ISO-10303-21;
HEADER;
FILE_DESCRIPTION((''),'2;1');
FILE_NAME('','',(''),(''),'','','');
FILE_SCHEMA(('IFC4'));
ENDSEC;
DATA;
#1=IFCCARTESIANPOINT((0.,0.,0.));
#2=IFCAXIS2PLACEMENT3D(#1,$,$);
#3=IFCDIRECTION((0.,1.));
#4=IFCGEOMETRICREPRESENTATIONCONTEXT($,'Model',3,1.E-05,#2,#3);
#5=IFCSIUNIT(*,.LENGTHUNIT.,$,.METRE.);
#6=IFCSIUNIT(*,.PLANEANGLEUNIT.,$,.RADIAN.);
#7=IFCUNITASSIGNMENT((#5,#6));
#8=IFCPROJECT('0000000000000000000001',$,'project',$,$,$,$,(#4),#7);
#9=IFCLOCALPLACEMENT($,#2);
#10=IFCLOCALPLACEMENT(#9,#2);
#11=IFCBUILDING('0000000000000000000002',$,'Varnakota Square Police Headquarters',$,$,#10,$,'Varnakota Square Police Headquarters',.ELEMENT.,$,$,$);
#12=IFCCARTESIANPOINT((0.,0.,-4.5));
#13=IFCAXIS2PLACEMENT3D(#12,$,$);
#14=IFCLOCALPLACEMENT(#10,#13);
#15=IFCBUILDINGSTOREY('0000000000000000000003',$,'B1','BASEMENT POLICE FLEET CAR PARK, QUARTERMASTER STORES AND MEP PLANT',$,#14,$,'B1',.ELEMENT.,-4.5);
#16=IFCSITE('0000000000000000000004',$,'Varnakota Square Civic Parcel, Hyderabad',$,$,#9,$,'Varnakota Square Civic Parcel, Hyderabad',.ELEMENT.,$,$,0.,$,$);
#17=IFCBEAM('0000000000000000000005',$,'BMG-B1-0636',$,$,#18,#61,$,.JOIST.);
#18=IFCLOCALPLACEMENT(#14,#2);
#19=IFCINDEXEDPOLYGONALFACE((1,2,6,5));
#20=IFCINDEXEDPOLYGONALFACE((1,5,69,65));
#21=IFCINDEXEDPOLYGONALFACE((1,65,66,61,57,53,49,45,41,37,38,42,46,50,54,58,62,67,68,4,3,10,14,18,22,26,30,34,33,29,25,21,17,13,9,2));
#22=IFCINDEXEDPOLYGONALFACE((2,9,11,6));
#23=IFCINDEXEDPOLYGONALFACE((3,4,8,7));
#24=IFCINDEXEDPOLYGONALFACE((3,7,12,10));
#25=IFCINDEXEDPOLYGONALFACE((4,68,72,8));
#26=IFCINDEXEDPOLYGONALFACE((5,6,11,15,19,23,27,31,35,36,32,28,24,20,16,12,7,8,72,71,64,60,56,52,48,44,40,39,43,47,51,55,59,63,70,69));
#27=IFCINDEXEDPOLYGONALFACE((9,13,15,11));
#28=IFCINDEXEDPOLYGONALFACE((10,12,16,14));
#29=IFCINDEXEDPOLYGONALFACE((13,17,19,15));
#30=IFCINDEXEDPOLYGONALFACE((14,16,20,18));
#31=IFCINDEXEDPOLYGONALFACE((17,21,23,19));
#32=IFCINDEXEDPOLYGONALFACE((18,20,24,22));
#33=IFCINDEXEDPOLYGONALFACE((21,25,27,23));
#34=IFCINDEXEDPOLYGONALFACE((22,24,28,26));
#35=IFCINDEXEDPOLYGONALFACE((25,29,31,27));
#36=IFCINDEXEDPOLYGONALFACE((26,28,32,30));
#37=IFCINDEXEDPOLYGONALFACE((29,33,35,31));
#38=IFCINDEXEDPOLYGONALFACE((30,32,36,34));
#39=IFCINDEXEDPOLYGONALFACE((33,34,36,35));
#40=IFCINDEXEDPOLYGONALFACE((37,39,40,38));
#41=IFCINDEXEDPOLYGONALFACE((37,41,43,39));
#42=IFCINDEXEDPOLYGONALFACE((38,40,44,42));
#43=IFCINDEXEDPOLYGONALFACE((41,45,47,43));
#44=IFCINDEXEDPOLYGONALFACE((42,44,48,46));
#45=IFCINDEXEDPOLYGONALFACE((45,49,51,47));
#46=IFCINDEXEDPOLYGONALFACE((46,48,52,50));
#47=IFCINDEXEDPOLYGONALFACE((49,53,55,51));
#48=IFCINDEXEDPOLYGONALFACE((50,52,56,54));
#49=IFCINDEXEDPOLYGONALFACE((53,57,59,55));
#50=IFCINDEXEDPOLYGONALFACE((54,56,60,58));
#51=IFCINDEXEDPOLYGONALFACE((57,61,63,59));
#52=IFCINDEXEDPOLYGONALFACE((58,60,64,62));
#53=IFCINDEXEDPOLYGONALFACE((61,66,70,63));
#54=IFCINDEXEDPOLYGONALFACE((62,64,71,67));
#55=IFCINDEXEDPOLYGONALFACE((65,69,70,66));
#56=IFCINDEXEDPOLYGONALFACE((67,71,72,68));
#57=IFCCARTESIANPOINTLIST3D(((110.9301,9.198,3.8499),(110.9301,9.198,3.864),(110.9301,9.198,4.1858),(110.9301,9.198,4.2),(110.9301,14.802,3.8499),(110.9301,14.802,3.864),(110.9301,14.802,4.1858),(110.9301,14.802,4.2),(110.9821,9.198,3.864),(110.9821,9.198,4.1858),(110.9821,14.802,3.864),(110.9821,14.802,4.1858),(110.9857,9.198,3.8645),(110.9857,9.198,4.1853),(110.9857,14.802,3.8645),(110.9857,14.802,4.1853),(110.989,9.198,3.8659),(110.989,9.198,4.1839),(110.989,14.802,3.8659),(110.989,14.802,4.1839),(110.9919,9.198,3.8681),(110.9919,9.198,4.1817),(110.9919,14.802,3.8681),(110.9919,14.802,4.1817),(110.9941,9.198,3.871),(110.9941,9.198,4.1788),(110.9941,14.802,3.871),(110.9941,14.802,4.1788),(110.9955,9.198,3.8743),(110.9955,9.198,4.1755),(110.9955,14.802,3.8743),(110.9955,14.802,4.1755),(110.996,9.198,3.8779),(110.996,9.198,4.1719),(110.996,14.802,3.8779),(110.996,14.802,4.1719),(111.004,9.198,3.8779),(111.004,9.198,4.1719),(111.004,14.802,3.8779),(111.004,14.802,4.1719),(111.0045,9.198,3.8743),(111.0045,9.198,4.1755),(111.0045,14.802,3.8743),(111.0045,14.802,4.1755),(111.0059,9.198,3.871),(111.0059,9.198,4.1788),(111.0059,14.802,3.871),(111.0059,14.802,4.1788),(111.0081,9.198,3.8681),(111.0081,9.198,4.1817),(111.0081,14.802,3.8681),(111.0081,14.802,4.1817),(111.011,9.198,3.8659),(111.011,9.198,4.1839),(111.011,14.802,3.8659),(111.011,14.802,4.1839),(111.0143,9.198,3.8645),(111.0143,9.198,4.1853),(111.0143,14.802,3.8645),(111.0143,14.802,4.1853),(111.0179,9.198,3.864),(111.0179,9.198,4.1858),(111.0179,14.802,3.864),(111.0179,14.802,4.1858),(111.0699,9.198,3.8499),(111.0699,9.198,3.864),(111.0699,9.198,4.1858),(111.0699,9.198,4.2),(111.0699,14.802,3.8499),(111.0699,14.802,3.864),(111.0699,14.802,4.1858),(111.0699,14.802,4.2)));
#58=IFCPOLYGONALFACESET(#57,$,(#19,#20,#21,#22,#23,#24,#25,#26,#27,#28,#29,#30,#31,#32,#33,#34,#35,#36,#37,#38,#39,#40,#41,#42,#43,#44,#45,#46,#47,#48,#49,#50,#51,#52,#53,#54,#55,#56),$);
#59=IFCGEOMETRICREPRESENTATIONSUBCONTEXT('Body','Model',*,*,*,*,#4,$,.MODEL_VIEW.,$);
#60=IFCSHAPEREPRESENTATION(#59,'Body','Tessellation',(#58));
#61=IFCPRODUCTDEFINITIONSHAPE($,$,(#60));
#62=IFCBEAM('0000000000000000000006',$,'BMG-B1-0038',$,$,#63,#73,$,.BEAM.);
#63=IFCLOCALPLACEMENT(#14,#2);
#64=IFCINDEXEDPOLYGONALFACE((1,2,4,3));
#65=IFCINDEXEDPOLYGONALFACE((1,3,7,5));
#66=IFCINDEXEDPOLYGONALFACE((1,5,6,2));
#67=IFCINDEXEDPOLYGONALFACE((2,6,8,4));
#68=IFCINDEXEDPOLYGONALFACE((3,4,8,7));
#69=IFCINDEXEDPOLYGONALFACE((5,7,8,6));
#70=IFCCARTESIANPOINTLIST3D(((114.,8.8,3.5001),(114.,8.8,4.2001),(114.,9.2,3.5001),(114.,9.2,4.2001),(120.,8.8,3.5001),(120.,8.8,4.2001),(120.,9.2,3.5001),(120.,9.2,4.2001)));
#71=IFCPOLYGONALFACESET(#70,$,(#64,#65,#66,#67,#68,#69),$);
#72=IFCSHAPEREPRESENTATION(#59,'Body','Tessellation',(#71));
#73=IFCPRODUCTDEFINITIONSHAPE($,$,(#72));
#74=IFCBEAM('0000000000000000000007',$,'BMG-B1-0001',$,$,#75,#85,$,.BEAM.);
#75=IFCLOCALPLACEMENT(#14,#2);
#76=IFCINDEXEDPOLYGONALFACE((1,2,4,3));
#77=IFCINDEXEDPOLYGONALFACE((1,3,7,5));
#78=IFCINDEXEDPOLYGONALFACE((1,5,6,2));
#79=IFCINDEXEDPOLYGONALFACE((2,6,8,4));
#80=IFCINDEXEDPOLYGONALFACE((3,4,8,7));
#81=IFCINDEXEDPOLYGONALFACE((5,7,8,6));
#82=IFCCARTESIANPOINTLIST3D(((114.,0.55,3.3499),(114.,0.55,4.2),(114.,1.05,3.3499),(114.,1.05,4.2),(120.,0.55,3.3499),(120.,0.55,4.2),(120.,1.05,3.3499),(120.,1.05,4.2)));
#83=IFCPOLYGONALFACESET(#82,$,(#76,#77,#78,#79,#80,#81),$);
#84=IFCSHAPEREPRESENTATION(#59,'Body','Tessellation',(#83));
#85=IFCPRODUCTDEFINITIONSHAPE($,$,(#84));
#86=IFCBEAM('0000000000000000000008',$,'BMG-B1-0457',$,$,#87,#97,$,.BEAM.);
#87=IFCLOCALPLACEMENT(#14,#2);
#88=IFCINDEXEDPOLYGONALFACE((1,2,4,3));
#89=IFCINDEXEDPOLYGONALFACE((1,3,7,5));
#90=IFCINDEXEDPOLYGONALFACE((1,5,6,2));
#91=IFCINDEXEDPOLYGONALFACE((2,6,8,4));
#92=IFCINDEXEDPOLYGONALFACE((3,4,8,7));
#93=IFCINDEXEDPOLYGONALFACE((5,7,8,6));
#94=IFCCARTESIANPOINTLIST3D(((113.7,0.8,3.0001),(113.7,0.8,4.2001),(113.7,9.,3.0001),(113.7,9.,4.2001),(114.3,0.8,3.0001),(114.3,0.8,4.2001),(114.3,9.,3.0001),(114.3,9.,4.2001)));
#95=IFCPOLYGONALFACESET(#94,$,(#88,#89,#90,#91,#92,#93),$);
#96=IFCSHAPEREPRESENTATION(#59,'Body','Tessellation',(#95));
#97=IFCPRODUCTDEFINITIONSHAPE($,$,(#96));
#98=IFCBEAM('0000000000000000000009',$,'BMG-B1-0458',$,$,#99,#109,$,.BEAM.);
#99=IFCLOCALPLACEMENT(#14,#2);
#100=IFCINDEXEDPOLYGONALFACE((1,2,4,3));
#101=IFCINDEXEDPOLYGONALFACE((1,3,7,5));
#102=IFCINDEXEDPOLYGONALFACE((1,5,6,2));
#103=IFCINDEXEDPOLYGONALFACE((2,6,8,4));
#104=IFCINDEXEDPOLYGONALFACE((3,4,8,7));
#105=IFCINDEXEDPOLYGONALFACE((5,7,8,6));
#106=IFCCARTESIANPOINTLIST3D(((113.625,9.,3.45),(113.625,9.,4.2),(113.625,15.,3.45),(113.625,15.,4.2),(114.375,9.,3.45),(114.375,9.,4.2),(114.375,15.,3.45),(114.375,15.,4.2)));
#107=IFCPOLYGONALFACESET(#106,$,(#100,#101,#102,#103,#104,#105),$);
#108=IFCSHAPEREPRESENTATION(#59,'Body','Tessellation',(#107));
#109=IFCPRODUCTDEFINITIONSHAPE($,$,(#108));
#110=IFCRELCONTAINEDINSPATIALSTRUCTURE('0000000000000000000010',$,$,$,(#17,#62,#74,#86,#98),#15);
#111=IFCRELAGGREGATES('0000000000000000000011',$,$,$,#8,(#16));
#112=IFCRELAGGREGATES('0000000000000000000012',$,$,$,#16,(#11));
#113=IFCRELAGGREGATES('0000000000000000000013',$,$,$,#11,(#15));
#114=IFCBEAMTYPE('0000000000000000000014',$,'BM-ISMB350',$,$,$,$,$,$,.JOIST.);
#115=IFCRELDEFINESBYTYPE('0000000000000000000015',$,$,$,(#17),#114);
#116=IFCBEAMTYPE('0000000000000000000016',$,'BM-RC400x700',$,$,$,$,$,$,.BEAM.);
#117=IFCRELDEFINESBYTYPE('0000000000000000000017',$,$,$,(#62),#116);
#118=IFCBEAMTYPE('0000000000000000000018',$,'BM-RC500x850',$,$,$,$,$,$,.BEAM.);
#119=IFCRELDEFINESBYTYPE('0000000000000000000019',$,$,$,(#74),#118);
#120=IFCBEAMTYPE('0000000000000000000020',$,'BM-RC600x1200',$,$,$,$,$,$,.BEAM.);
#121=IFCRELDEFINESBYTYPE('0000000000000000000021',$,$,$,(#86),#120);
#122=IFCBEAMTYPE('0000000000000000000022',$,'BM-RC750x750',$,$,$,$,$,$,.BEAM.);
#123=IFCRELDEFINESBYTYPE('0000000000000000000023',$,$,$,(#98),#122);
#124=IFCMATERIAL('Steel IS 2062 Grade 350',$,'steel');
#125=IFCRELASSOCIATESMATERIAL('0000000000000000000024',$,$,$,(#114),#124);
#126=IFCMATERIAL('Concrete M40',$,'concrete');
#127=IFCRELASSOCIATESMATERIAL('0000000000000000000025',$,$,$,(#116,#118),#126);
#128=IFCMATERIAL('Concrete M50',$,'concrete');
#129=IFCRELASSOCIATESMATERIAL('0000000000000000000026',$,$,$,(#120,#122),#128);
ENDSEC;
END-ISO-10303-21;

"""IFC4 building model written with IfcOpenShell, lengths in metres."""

from ifc_helpers import new_model, si_unit, direction, frame, origin, origin_2d, place, context, subcontext, project, spatial, rectangle, i_section, extrude, material, material_profile, profile_set, type_object, element, save


model = new_model("IFC4")

# Units and contexts
model_context = context("Model", 3, precision=1e-05, world=origin(), true_north=direction((0.0, 1.0)))
body_context = subcontext(model_context, "Body", "Model", "MODEL_VIEW")
ifc_project = project(units=[si_unit("LENGTHUNIT", "METRE"), si_unit("PLANEANGLEUNIT", "RADIAN")], contexts=[model_context])

# Site, building, storey
site_placement = place(None, origin())
site = spatial("IfcSite", under=ifc_project, at=site_placement, Name="Varnakota Square Civic Parcel, Hyderabad", LongName="Varnakota Square Civic Parcel, Hyderabad", CompositionType="ELEMENT", RefElevation=0.0)
building_placement = place(site_placement, origin())
building = spatial("IfcBuilding", under=site, at=building_placement, Name="Varnakota Square Police Headquarters", LongName="Varnakota Square Police Headquarters", CompositionType="ELEMENT")
storey_placement = place(building_placement, frame((0.0, 0.0, -4.5)))
storey = spatial("IfcBuildingStorey", under=building, at=storey_placement, Name="B1", Description="BASEMENT POLICE FLEET CAR PARK, QUARTERMASTER STORES AND MEP PLANT", LongName="B1", CompositionType="ELEMENT", Elevation=-4.5)

# Shared definitions
ifc_material_1 = material(Name="Concrete M40", Category="concrete")
ifc_material_2 = material(Name="Concrete M50", Category="concrete")

# Beams
ifc_material_3 = material(Name="Steel IS 2062 Grade 350", Category="steel")
ifc_material_profile_1 = material_profile(ifc_material_3, i_section(OverallWidth=0.1399, OverallDepth=0.3501, WebThickness=0.0081, FlangeThickness=0.0142, FilletRadius=0.0139, at=origin_2d()), Name="ISMB 350")
ifc_profile_set_1 = profile_set([ifc_material_profile_1], Name="Steel IS 2062 Grade 350")
beam_type_1 = type_object("IfcBeamType", Name="BM-ISMB350", PredefinedType="JOIST", material=ifc_profile_set_1)
beam_1_placement = place(storey_placement, frame((111.0, 9.198, 4.0249), z_axis=(0.0, 1.0, 0.0), x_axis=(-1.0, 0.0, 0.0)))
element("IfcBeam", 1, at=beam_1_placement, inside=storey, type_object=beam_type_1, Name="BMG-B1-0636", PredefinedType="JOIST", context=body_context, shape_type="SweptSolid", body=[
    extrude(i_section(OverallWidth=0.1399, OverallDepth=0.3501, WebThickness=0.0081, FlangeThickness=0.0142, FilletRadius=0.0139, at=origin_2d()), origin(), (0.0, 0.0, 1.0), 5.604),
])
ifc_material_profile_2 = material_profile(ifc_material_1, rectangle(XDim=0.3999, YDim=0.7, at=origin_2d()), Name="RC 400x700")
ifc_profile_set_2 = profile_set([ifc_material_profile_2], Name="Concrete M40")
beam_type_2 = type_object("IfcBeamType", Name="BM-RC400x700", PredefinedType="BEAM", material=ifc_profile_set_2)
beam_2_placement = place(storey_placement, frame((114.0, 9.0, 3.8501), z_axis=(1.0, 0.0, 0.0), x_axis=(0.0, 1.0, 0.0)))
element("IfcBeam", 2, at=beam_2_placement, inside=storey, type_object=beam_type_2, Name="BMG-B1-0038", PredefinedType="BEAM", context=body_context, shape_type="SweptSolid", body=[
    extrude(rectangle(XDim=0.3999, YDim=0.7, at=origin_2d()), origin(), (0.0, 0.0, 1.0), 6.0),
])
ifc_material_profile_3 = material_profile(ifc_material_1, rectangle(XDim=0.5, YDim=0.8501, at=origin_2d()), Name="RC 500x850")
ifc_profile_set_3 = profile_set([ifc_material_profile_3], Name="Concrete M40")
beam_type_3 = type_object("IfcBeamType", Name="BM-RC500x850", PredefinedType="BEAM", material=ifc_profile_set_3)
beam_3_placement = place(storey_placement, frame((114.0, 0.8, 3.7749), z_axis=(1.0, 0.0, 0.0), x_axis=(0.0, 1.0, 0.0)))
element("IfcBeam", 3, at=beam_3_placement, inside=storey, type_object=beam_type_3, Name="BMG-B1-0001", PredefinedType="BEAM", context=body_context, shape_type="SweptSolid", body=[
    extrude(rectangle(XDim=0.5, YDim=0.8501, at=origin_2d()), origin(), (0.0, 0.0, 1.0), 6.0),
])
ifc_material_profile_4 = material_profile(ifc_material_2, rectangle(XDim=0.6001, YDim=1.2, at=origin_2d()), Name="RC 600x1200")
ifc_profile_set_4 = profile_set([ifc_material_profile_4], Name="Concrete M50")
beam_type_4 = type_object("IfcBeamType", Name="BM-RC600x1200", PredefinedType="BEAM", material=ifc_profile_set_4)
beam_4_placement = place(storey_placement, frame((114.0, 0.8, 3.6001), z_axis=(0.0, 1.0, 0.0), x_axis=(-1.0, 0.0, 0.0)))
element("IfcBeam", 4, at=beam_4_placement, inside=storey, type_object=beam_type_4, Name="BMG-B1-0457", PredefinedType="BEAM", context=body_context, shape_type="SweptSolid", body=[
    extrude(rectangle(XDim=0.6001, YDim=1.2, at=origin_2d()), origin(), (0.0, 0.0, 1.0), 8.2),
])
ifc_material_profile_5 = material_profile(ifc_material_2, rectangle(XDim=0.75, YDim=0.75, at=origin_2d()), Name="RC 750x750")
ifc_profile_set_5 = profile_set([ifc_material_profile_5], Name="Concrete M50")
beam_type_5 = type_object("IfcBeamType", Name="BM-RC750x750", PredefinedType="BEAM", material=ifc_profile_set_5)
beam_5_placement = place(storey_placement, frame((114.0, 9.0, 3.825), z_axis=(0.0, 1.0, 0.0), x_axis=(-1.0, 0.0, 0.0)))
element("IfcBeam", 5, at=beam_5_placement, inside=storey, type_object=beam_type_5, Name="BMG-B1-0458", PredefinedType="BEAM", context=body_context, shape_type="SweptSolid", body=[
    extrude(rectangle(XDim=0.75, YDim=0.75, at=origin_2d()), origin(), (0.0, 0.0, 1.0), 6.0),
])

save(model, "model.ifc")
